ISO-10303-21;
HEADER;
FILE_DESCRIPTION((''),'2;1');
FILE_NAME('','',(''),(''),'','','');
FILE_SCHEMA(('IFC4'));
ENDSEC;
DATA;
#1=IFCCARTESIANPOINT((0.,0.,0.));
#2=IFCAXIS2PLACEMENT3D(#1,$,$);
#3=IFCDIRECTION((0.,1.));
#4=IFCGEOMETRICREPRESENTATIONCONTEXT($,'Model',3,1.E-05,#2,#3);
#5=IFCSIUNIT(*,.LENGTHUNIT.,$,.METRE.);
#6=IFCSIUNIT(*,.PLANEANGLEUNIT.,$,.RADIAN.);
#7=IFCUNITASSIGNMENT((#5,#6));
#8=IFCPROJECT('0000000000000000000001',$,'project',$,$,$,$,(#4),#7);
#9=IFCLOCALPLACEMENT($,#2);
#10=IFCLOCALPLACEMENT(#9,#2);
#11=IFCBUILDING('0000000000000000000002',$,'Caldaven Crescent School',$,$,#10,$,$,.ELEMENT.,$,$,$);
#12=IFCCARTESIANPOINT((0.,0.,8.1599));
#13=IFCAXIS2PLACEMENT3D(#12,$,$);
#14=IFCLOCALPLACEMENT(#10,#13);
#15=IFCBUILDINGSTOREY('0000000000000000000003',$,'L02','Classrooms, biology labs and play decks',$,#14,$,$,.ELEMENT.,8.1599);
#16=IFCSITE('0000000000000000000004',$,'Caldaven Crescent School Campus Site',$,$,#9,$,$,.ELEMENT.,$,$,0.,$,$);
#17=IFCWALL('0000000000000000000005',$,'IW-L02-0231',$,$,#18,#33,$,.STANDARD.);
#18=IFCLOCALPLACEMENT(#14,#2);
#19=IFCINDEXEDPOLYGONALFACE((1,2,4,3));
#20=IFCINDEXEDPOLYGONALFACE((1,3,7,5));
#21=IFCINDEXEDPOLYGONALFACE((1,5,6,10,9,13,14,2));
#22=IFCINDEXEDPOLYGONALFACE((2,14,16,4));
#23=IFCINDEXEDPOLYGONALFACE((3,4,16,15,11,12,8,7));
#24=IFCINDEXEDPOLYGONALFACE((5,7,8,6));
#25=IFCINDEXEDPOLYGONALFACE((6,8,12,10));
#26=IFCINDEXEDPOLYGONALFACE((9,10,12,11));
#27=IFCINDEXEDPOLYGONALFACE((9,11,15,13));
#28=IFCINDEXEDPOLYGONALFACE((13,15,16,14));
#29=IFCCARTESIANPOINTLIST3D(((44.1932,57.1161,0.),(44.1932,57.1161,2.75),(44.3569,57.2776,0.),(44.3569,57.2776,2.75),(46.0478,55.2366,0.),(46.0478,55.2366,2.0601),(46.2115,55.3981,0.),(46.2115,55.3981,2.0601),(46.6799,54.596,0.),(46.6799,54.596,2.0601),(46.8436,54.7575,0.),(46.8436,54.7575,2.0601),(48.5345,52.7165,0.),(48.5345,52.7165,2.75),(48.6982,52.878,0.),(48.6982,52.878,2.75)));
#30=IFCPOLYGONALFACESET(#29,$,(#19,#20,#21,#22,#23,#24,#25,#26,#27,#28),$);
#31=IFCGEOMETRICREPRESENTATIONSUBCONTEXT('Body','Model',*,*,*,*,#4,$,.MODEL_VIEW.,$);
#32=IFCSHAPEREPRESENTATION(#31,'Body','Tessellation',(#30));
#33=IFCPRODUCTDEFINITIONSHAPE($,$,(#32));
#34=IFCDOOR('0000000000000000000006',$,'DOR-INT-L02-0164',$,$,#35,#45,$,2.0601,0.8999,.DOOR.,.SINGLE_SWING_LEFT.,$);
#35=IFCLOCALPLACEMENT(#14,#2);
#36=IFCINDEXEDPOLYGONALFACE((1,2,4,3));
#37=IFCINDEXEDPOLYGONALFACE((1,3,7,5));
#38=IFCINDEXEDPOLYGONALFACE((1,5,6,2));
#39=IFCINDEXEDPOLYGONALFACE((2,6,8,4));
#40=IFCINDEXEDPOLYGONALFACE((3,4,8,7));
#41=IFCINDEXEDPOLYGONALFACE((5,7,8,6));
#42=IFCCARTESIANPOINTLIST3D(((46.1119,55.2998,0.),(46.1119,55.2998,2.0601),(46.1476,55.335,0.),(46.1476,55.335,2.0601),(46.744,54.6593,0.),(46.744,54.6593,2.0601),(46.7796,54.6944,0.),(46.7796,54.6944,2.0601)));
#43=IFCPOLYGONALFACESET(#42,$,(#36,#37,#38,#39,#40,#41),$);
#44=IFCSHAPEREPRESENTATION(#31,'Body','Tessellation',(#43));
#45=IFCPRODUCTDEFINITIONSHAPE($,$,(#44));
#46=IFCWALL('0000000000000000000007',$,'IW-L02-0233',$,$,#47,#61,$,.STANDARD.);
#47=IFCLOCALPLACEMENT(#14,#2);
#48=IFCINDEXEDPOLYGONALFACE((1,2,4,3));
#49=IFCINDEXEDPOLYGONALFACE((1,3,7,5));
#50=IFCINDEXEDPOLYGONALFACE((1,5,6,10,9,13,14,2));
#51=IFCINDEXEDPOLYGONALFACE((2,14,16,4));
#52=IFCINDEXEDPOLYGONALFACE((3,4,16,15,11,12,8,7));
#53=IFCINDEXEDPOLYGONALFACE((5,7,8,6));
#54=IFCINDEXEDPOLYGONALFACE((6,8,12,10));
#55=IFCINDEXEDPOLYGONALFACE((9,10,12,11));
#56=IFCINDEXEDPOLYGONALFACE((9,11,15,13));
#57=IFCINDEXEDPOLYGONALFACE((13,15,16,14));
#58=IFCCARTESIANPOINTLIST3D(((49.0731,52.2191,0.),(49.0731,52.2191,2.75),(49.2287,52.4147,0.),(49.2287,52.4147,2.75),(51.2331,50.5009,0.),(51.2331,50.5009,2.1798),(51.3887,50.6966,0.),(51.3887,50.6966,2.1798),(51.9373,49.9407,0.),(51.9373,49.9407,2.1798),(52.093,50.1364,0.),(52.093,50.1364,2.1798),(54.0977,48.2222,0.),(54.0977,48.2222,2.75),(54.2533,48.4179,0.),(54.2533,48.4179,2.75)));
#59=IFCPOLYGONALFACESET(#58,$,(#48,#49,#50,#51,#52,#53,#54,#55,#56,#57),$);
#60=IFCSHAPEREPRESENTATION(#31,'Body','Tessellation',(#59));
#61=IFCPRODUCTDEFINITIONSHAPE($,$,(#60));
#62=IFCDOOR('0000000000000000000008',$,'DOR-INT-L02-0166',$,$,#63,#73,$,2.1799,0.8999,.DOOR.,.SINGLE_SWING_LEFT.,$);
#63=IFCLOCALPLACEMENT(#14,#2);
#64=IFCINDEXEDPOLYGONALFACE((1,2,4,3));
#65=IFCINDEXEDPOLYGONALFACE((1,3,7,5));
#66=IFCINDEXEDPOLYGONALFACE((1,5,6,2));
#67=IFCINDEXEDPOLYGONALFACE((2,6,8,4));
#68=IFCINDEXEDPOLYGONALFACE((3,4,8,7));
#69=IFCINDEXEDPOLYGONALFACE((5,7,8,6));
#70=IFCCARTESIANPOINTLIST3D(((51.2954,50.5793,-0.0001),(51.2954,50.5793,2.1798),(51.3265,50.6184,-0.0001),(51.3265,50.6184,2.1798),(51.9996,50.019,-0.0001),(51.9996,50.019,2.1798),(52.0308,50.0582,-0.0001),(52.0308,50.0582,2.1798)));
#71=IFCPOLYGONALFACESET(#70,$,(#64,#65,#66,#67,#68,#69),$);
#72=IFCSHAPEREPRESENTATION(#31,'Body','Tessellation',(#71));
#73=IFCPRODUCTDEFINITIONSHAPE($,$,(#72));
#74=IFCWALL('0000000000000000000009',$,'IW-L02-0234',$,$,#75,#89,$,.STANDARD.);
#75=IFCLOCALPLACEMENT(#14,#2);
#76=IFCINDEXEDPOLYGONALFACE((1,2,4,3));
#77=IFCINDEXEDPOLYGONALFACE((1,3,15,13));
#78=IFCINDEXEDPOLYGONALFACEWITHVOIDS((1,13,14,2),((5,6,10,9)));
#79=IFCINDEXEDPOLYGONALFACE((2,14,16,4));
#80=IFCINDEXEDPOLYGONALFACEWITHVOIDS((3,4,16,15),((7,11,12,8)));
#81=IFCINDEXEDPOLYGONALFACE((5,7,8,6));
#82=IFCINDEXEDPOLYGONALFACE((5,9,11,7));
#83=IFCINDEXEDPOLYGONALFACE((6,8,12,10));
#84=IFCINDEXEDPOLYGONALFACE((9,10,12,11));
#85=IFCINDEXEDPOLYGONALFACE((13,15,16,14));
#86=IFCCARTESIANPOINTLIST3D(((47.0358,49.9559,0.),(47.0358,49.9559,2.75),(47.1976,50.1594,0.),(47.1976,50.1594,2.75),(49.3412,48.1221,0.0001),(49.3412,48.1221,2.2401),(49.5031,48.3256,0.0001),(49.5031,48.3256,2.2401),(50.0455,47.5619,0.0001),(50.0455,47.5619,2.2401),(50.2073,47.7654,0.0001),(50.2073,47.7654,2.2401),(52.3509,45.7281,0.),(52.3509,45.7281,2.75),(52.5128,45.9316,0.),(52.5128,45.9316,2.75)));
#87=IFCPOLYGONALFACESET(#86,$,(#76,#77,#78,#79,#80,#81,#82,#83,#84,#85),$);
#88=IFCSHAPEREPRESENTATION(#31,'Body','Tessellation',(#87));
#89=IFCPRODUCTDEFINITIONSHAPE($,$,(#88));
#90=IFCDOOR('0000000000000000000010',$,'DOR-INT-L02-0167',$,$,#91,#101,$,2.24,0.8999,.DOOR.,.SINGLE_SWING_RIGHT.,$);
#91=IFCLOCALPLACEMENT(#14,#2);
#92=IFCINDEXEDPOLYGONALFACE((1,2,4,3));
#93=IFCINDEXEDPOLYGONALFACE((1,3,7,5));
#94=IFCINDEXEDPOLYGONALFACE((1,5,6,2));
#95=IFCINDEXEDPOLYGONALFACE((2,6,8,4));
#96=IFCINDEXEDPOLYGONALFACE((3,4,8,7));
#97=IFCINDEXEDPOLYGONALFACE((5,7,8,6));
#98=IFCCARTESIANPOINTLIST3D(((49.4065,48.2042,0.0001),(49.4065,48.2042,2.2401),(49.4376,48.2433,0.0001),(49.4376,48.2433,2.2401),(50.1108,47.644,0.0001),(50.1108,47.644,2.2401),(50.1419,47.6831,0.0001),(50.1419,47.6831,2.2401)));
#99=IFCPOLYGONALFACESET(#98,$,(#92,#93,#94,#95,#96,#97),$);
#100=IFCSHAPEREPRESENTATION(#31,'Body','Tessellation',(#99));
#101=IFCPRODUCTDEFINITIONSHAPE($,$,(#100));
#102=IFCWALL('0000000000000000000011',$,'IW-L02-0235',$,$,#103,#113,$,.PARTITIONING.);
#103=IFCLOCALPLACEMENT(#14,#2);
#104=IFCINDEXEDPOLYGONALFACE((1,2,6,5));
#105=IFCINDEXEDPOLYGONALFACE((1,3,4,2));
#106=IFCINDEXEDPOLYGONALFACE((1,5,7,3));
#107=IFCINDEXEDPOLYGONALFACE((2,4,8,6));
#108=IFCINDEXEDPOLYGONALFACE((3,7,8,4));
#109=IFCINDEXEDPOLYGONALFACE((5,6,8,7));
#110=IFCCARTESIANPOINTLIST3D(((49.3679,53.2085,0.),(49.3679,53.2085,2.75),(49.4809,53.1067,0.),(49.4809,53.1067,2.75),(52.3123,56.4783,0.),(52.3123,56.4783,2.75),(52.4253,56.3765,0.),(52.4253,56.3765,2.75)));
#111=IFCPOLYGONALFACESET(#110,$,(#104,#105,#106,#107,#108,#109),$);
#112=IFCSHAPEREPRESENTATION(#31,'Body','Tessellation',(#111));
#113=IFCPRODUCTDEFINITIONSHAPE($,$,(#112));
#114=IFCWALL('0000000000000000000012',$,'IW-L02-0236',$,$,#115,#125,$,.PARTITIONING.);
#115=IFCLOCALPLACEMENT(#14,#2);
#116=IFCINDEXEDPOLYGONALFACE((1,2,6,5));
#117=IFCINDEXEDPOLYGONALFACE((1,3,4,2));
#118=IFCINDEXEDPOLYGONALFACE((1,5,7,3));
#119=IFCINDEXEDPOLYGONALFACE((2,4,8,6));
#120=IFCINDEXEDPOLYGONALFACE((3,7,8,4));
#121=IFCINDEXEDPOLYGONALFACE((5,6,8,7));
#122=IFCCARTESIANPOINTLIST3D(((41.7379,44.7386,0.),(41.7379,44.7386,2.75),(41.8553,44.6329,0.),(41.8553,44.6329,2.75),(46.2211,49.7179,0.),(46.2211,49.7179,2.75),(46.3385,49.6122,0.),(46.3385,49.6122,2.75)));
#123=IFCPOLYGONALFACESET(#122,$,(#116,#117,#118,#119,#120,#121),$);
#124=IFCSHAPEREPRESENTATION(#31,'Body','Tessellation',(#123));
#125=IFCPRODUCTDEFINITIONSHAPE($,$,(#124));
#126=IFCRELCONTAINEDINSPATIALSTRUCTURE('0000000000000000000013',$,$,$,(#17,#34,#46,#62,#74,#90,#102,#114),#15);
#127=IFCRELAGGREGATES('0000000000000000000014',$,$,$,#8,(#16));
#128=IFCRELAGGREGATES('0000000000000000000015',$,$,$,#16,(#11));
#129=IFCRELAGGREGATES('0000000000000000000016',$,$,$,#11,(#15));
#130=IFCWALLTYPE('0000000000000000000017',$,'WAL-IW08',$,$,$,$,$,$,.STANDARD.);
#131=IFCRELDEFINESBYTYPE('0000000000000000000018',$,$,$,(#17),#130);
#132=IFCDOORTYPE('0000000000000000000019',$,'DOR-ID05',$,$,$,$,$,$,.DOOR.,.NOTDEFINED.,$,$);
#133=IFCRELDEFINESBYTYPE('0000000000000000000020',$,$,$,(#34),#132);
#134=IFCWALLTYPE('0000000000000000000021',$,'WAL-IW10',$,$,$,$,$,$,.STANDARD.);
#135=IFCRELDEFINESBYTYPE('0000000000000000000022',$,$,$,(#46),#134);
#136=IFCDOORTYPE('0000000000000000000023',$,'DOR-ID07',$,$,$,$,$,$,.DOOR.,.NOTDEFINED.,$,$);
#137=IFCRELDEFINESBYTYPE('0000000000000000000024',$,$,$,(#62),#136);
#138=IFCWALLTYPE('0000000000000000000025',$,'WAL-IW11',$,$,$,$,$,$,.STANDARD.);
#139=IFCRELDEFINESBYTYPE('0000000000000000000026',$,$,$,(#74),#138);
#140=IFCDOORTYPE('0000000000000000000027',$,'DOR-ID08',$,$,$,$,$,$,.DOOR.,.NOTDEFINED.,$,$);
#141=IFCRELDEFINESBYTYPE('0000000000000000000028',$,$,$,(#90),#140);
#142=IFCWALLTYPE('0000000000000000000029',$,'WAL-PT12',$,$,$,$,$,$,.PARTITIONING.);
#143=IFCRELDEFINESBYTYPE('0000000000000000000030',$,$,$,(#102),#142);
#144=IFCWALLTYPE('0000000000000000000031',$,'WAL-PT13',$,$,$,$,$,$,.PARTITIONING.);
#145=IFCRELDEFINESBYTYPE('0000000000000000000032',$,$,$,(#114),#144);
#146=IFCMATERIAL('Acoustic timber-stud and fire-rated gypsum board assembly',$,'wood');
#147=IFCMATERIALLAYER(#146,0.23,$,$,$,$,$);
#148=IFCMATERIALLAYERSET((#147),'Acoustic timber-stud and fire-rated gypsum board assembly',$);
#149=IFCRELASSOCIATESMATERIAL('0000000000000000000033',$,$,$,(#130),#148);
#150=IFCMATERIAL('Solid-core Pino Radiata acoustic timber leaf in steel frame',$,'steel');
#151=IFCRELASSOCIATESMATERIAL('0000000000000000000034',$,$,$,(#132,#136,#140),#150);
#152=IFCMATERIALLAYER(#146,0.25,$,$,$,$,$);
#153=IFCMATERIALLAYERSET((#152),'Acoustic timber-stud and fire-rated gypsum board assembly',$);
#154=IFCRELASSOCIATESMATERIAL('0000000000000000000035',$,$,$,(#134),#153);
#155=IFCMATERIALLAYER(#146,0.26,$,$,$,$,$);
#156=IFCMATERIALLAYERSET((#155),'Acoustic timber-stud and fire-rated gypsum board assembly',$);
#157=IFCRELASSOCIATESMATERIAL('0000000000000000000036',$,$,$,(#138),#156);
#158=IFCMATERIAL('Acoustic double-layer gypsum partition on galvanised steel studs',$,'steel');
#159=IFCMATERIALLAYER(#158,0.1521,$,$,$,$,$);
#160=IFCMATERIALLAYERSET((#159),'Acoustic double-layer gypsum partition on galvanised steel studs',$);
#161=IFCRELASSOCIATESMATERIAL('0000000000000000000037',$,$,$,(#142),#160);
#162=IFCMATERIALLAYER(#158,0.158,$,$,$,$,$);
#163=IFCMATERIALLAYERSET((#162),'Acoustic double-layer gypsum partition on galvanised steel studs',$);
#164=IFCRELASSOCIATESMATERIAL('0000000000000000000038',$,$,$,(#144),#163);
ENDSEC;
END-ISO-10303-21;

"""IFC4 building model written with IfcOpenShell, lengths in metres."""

from ifc_helpers import new_model, si_unit, direction, frame, frame_2d, origin, place, context, subcontext, project, spatial, rectangle, extrude, material, layer, layer_set, type_object, element, fill, save


model = new_model("IFC4")

# Units and contexts
model_context = context("Model", 3, precision=1e-05, world=origin(), true_north=direction((0.0, 1.0)))
body_context = subcontext(model_context, "Body", "Model", "MODEL_VIEW")
ifc_project = project(units=[si_unit("LENGTHUNIT", "METRE"), si_unit("PLANEANGLEUNIT", "RADIAN")], contexts=[model_context])

# Site, building, storey
site_placement = place(None, origin())
site = spatial("IfcSite", under=ifc_project, at=site_placement, Name="Caldaven Crescent School Campus Site", CompositionType="ELEMENT", RefElevation=0.0)
building_placement = place(site_placement, origin())
building = spatial("IfcBuilding", under=site, at=building_placement, Name="Caldaven Crescent School", CompositionType="ELEMENT")
storey_placement = place(building_placement, frame((0.0, 0.0, 8.1599)))
storey = spatial("IfcBuildingStorey", under=building, at=storey_placement, Name="L02", Description="Classrooms, biology labs and play decks", CompositionType="ELEMENT", Elevation=8.1599)

# Walls, openings, doors
ifc_material_1 = material(Name="Acoustic timber-stud and fire-rated gypsum board assembly", Category="wood")
ifc_layer_1 = layer(ifc_material_1, 0.23)
ifc_layer_set_1 = layer_set([ifc_layer_1], Name="Acoustic timber-stud and fire-rated gypsum board assembly")
wall_type_1 = type_object("IfcWallType", Name="WAL-IW08", PredefinedType="STANDARD", material=ifc_layer_set_1)
wall_1_placement = place(storey_placement, frame((44.2751, 57.1968, 0.0), z_axis=(0.0, 0.0, 1.0), x_axis=(0.702371, -0.711811, 0.0)))
wall_1 = element("IfcWall", 1, at=wall_1_placement, inside=storey, type_object=wall_type_1, Name="IW-L02-0231", PredefinedType="STANDARD", context=body_context, shape_type="SweptSolid", body=[
    extrude(rectangle(XDim=6.1809, YDim=0.23, at=frame_2d((3.0903, 0.0))), origin(), (0.0, 0.0, 1.0), 2.75),
])
opening_1_placement = place(wall_1_placement, frame((2.6404, 0.0, 0.0)))
opening_1 = element("IfcOpeningElement", 2, at=opening_1_placement, cuts=wall_1, PredefinedType="OPENING", context=body_context, shape_type="SweptSolid", body=[
    extrude(rectangle(XDim=0.8999, YDim=2.0601, at=frame_2d((0.45, 1.03))), frame((0.0, 0.125, 0.0), z_axis=(0.0, -1.0, 0.0), x_axis=(1.0, 0.0, 0.0)), (0.0, 0.0, 1.0), 0.25),
])
ifc_material_2 = material(Name="Solid-core Pino Radiata acoustic timber leaf in steel frame", Category="steel")
door_type_1 = type_object("IfcDoorType", Name="DOR-ID05", OperationType="NOTDEFINED", PredefinedType="DOOR", material=ifc_material_2)
door_1_placement = place(opening_1_placement, frame((0.8999, 0.0, 0.0), z_axis=(0.0, 0.0, 1.0), x_axis=(-1.0, 0.0, 0.0)))
door_1 = element("IfcDoor", 3, at=door_1_placement, inside=storey, type_object=door_type_1, Name="DOR-INT-L02-0164", OperationType="SINGLE_SWING_LEFT", OverallHeight=2.0601, OverallWidth=0.8999, PredefinedType="DOOR", context=body_context, shape_type="SweptSolid", body=[
    extrude(rectangle(XDim=0.8999, YDim=2.0601, at=frame_2d((0.45, 1.03))), frame((0.0, 0.0249, 0.0), z_axis=(0.0, -1.0, 0.0), x_axis=(1.0, 0.0, 0.0)), (0.0, 0.0, 1.0), 0.05),
])
fill(opening_1, door_1)
ifc_layer_2 = layer(ifc_material_1, 0.25)
ifc_layer_set_2 = layer_set([ifc_layer_2], Name="Acoustic timber-stud and fire-rated gypsum board assembly")
wall_type_2 = type_object("IfcWallType", Name="WAL-IW10", PredefinedType="STANDARD", material=ifc_layer_set_2)
wall_2_placement = place(storey_placement, frame((49.1509, 52.3169, 0.0), z_axis=(0.0, 0.0, 1.0), x_axis=(0.782606, -0.622518, 0.0)))
wall_2 = element("IfcWall", 4, at=wall_2_placement, inside=storey, type_object=wall_type_2, Name="IW-L02-0233", PredefinedType="STANDARD", context=body_context, shape_type="SweptSolid", body=[
    extrude(rectangle(XDim=6.4204, YDim=0.25, at=frame_2d((3.2102, 0.0))), origin(), (0.0, 0.0, 1.0), 2.75),
])
opening_2_placement = place(wall_2_placement, frame((2.76, 0.0, 0.0)))
opening_2 = element("IfcOpeningElement", 5, at=opening_2_placement, cuts=wall_2, PredefinedType="OPENING", context=body_context, shape_type="SweptSolid", body=[
    extrude(rectangle(XDim=0.8999, YDim=2.1799, at=frame_2d((0.45, 1.0898))), frame((0.0, 0.135, 0.0), z_axis=(0.0, -1.0, 0.0), x_axis=(1.0, 0.0, 0.0)), (0.0, 0.0, 1.0), 0.27),
])
door_type_2 = type_object("IfcDoorType", Name="DOR-ID07", OperationType="NOTDEFINED", PredefinedType="DOOR", material=ifc_material_2)
door_2_placement = place(opening_2_placement, frame((0.8999, 0.0, 0.0), z_axis=(0.0, 0.0, 1.0), x_axis=(-1.0, 0.0, 0.0)))
door_2 = element("IfcDoor", 6, at=door_2_placement, inside=storey, type_object=door_type_2, Name="DOR-INT-L02-0166", OperationType="SINGLE_SWING_LEFT", OverallHeight=2.1799, OverallWidth=0.8999, PredefinedType="DOOR", context=body_context, shape_type="SweptSolid", body=[
    extrude(rectangle(XDim=0.8999, YDim=2.1799, at=frame_2d((0.45, 1.0898))), frame((0.0, 0.0249, 0.0), z_axis=(0.0, -1.0, 0.0), x_axis=(1.0, 0.0, 0.0)), (0.0, 0.0, 1.0), 0.05),
])
fill(opening_2, door_2)
ifc_layer_3 = layer(ifc_material_1, 0.26)
ifc_layer_set_3 = layer_set([ifc_layer_3], Name="Acoustic timber-stud and fire-rated gypsum board assembly")
wall_type_3 = type_object("IfcWallType", Name="WAL-IW11", PredefinedType="STANDARD", material=ifc_layer_set_3)
wall_3_placement = place(storey_placement, frame((47.1167, 50.0576, 0.0), z_axis=(0.0, 0.0, 1.0), x_axis=(0.782616, -0.622505, 0.0)))
wall_3 = element("IfcWall", 7, at=wall_3_placement, inside=storey, type_object=wall_type_3, Name="IW-L02-0234", PredefinedType="STANDARD", context=body_context, shape_type="SweptSolid", body=[
    extrude(rectangle(XDim=6.7915, YDim=0.26, at=frame_2d((3.3958, 0.0))), origin(), (0.0, 0.0, 1.0), 2.75),
])
opening_3_placement = place(wall_3_placement, frame((2.9458, 0.0, 0.0)))
opening_3 = element("IfcOpeningElement", 8, at=opening_3_placement, cuts=wall_3, PredefinedType="OPENING", context=body_context, shape_type="SweptSolid", body=[
    extrude(rectangle(XDim=0.8999, YDim=2.24, at=frame_2d((0.45, 1.1201))), frame((0.0, 0.1399, 0.0), z_axis=(0.0, -1.0, 0.0), x_axis=(1.0, 0.0, 0.0)), (0.0, 0.0, 1.0), 0.28),
])
door_type_3 = type_object("IfcDoorType", Name="DOR-ID08", OperationType="NOTDEFINED", PredefinedType="DOOR", material=ifc_material_2)
door_3_placement = place(opening_3_placement, origin())
door_3 = element("IfcDoor", 9, at=door_3_placement, inside=storey, type_object=door_type_3, Name="DOR-INT-L02-0167", OperationType="SINGLE_SWING_RIGHT", OverallHeight=2.24, OverallWidth=0.8999, PredefinedType="DOOR", context=body_context, shape_type="SweptSolid", body=[
    extrude(rectangle(XDim=0.8999, YDim=2.24, at=frame_2d((0.45, 1.1201))), frame((0.0, 0.0249, 0.0), z_axis=(0.0, -1.0, 0.0), x_axis=(1.0, 0.0, 0.0)), (0.0, 0.0, 1.0), 0.05),
])
fill(opening_3, door_3)

# Walls
ifc_material_3 = material(Name="Acoustic double-layer gypsum partition on galvanised steel studs", Category="steel")
ifc_layer_4 = layer(ifc_material_3, 0.1521)
ifc_layer_set_4 = layer_set([ifc_layer_4], Name="Acoustic double-layer gypsum partition on galvanised steel studs")
wall_type_4 = type_object("IfcWallType", Name="WAL-PT12", PredefinedType="PARTITIONING", material=ifc_layer_set_4)
wall_4_placement = place(storey_placement, frame((52.3689, 56.4275, 0.0), z_axis=(0.0, 0.0, 1.0), x_axis=(-0.669158, -0.74312, 0.0)))
element("IfcWall", 10, at=wall_4_placement, inside=storey, type_object=wall_type_4, Name="IW-L02-0235", PredefinedType="PARTITIONING", context=body_context, shape_type="SweptSolid", body=[
    extrude(rectangle(XDim=4.4001, YDim=0.1521, at=frame_2d((2.2002, 0.0))), origin(), (0.0, 0.0, 1.0), 2.75),
])
ifc_layer_5 = layer(ifc_material_3, 0.158)
ifc_layer_set_5 = layer_set([ifc_layer_5], Name="Acoustic double-layer gypsum partition on galvanised steel studs")
wall_type_5 = type_object("IfcWallType", Name="WAL-PT13", PredefinedType="PARTITIONING", material=ifc_layer_set_5)
wall_5_placement = place(storey_placement, frame((46.2798, 49.665, 0.0), z_axis=(0.0, 0.0, 1.0), x_axis=(-0.669116, -0.743158, 0.0)))
element("IfcWall", 11, at=wall_5_placement, inside=storey, type_object=wall_type_5, Name="IW-L02-0236", PredefinedType="PARTITIONING", context=body_context, shape_type="SweptSolid", body=[
    extrude(rectangle(XDim=6.7002, YDim=0.158, at=frame_2d((3.3501, 0.0))), origin(), (0.0, 0.0, 1.0), 2.75),
])

save(model, "model.ifc")
